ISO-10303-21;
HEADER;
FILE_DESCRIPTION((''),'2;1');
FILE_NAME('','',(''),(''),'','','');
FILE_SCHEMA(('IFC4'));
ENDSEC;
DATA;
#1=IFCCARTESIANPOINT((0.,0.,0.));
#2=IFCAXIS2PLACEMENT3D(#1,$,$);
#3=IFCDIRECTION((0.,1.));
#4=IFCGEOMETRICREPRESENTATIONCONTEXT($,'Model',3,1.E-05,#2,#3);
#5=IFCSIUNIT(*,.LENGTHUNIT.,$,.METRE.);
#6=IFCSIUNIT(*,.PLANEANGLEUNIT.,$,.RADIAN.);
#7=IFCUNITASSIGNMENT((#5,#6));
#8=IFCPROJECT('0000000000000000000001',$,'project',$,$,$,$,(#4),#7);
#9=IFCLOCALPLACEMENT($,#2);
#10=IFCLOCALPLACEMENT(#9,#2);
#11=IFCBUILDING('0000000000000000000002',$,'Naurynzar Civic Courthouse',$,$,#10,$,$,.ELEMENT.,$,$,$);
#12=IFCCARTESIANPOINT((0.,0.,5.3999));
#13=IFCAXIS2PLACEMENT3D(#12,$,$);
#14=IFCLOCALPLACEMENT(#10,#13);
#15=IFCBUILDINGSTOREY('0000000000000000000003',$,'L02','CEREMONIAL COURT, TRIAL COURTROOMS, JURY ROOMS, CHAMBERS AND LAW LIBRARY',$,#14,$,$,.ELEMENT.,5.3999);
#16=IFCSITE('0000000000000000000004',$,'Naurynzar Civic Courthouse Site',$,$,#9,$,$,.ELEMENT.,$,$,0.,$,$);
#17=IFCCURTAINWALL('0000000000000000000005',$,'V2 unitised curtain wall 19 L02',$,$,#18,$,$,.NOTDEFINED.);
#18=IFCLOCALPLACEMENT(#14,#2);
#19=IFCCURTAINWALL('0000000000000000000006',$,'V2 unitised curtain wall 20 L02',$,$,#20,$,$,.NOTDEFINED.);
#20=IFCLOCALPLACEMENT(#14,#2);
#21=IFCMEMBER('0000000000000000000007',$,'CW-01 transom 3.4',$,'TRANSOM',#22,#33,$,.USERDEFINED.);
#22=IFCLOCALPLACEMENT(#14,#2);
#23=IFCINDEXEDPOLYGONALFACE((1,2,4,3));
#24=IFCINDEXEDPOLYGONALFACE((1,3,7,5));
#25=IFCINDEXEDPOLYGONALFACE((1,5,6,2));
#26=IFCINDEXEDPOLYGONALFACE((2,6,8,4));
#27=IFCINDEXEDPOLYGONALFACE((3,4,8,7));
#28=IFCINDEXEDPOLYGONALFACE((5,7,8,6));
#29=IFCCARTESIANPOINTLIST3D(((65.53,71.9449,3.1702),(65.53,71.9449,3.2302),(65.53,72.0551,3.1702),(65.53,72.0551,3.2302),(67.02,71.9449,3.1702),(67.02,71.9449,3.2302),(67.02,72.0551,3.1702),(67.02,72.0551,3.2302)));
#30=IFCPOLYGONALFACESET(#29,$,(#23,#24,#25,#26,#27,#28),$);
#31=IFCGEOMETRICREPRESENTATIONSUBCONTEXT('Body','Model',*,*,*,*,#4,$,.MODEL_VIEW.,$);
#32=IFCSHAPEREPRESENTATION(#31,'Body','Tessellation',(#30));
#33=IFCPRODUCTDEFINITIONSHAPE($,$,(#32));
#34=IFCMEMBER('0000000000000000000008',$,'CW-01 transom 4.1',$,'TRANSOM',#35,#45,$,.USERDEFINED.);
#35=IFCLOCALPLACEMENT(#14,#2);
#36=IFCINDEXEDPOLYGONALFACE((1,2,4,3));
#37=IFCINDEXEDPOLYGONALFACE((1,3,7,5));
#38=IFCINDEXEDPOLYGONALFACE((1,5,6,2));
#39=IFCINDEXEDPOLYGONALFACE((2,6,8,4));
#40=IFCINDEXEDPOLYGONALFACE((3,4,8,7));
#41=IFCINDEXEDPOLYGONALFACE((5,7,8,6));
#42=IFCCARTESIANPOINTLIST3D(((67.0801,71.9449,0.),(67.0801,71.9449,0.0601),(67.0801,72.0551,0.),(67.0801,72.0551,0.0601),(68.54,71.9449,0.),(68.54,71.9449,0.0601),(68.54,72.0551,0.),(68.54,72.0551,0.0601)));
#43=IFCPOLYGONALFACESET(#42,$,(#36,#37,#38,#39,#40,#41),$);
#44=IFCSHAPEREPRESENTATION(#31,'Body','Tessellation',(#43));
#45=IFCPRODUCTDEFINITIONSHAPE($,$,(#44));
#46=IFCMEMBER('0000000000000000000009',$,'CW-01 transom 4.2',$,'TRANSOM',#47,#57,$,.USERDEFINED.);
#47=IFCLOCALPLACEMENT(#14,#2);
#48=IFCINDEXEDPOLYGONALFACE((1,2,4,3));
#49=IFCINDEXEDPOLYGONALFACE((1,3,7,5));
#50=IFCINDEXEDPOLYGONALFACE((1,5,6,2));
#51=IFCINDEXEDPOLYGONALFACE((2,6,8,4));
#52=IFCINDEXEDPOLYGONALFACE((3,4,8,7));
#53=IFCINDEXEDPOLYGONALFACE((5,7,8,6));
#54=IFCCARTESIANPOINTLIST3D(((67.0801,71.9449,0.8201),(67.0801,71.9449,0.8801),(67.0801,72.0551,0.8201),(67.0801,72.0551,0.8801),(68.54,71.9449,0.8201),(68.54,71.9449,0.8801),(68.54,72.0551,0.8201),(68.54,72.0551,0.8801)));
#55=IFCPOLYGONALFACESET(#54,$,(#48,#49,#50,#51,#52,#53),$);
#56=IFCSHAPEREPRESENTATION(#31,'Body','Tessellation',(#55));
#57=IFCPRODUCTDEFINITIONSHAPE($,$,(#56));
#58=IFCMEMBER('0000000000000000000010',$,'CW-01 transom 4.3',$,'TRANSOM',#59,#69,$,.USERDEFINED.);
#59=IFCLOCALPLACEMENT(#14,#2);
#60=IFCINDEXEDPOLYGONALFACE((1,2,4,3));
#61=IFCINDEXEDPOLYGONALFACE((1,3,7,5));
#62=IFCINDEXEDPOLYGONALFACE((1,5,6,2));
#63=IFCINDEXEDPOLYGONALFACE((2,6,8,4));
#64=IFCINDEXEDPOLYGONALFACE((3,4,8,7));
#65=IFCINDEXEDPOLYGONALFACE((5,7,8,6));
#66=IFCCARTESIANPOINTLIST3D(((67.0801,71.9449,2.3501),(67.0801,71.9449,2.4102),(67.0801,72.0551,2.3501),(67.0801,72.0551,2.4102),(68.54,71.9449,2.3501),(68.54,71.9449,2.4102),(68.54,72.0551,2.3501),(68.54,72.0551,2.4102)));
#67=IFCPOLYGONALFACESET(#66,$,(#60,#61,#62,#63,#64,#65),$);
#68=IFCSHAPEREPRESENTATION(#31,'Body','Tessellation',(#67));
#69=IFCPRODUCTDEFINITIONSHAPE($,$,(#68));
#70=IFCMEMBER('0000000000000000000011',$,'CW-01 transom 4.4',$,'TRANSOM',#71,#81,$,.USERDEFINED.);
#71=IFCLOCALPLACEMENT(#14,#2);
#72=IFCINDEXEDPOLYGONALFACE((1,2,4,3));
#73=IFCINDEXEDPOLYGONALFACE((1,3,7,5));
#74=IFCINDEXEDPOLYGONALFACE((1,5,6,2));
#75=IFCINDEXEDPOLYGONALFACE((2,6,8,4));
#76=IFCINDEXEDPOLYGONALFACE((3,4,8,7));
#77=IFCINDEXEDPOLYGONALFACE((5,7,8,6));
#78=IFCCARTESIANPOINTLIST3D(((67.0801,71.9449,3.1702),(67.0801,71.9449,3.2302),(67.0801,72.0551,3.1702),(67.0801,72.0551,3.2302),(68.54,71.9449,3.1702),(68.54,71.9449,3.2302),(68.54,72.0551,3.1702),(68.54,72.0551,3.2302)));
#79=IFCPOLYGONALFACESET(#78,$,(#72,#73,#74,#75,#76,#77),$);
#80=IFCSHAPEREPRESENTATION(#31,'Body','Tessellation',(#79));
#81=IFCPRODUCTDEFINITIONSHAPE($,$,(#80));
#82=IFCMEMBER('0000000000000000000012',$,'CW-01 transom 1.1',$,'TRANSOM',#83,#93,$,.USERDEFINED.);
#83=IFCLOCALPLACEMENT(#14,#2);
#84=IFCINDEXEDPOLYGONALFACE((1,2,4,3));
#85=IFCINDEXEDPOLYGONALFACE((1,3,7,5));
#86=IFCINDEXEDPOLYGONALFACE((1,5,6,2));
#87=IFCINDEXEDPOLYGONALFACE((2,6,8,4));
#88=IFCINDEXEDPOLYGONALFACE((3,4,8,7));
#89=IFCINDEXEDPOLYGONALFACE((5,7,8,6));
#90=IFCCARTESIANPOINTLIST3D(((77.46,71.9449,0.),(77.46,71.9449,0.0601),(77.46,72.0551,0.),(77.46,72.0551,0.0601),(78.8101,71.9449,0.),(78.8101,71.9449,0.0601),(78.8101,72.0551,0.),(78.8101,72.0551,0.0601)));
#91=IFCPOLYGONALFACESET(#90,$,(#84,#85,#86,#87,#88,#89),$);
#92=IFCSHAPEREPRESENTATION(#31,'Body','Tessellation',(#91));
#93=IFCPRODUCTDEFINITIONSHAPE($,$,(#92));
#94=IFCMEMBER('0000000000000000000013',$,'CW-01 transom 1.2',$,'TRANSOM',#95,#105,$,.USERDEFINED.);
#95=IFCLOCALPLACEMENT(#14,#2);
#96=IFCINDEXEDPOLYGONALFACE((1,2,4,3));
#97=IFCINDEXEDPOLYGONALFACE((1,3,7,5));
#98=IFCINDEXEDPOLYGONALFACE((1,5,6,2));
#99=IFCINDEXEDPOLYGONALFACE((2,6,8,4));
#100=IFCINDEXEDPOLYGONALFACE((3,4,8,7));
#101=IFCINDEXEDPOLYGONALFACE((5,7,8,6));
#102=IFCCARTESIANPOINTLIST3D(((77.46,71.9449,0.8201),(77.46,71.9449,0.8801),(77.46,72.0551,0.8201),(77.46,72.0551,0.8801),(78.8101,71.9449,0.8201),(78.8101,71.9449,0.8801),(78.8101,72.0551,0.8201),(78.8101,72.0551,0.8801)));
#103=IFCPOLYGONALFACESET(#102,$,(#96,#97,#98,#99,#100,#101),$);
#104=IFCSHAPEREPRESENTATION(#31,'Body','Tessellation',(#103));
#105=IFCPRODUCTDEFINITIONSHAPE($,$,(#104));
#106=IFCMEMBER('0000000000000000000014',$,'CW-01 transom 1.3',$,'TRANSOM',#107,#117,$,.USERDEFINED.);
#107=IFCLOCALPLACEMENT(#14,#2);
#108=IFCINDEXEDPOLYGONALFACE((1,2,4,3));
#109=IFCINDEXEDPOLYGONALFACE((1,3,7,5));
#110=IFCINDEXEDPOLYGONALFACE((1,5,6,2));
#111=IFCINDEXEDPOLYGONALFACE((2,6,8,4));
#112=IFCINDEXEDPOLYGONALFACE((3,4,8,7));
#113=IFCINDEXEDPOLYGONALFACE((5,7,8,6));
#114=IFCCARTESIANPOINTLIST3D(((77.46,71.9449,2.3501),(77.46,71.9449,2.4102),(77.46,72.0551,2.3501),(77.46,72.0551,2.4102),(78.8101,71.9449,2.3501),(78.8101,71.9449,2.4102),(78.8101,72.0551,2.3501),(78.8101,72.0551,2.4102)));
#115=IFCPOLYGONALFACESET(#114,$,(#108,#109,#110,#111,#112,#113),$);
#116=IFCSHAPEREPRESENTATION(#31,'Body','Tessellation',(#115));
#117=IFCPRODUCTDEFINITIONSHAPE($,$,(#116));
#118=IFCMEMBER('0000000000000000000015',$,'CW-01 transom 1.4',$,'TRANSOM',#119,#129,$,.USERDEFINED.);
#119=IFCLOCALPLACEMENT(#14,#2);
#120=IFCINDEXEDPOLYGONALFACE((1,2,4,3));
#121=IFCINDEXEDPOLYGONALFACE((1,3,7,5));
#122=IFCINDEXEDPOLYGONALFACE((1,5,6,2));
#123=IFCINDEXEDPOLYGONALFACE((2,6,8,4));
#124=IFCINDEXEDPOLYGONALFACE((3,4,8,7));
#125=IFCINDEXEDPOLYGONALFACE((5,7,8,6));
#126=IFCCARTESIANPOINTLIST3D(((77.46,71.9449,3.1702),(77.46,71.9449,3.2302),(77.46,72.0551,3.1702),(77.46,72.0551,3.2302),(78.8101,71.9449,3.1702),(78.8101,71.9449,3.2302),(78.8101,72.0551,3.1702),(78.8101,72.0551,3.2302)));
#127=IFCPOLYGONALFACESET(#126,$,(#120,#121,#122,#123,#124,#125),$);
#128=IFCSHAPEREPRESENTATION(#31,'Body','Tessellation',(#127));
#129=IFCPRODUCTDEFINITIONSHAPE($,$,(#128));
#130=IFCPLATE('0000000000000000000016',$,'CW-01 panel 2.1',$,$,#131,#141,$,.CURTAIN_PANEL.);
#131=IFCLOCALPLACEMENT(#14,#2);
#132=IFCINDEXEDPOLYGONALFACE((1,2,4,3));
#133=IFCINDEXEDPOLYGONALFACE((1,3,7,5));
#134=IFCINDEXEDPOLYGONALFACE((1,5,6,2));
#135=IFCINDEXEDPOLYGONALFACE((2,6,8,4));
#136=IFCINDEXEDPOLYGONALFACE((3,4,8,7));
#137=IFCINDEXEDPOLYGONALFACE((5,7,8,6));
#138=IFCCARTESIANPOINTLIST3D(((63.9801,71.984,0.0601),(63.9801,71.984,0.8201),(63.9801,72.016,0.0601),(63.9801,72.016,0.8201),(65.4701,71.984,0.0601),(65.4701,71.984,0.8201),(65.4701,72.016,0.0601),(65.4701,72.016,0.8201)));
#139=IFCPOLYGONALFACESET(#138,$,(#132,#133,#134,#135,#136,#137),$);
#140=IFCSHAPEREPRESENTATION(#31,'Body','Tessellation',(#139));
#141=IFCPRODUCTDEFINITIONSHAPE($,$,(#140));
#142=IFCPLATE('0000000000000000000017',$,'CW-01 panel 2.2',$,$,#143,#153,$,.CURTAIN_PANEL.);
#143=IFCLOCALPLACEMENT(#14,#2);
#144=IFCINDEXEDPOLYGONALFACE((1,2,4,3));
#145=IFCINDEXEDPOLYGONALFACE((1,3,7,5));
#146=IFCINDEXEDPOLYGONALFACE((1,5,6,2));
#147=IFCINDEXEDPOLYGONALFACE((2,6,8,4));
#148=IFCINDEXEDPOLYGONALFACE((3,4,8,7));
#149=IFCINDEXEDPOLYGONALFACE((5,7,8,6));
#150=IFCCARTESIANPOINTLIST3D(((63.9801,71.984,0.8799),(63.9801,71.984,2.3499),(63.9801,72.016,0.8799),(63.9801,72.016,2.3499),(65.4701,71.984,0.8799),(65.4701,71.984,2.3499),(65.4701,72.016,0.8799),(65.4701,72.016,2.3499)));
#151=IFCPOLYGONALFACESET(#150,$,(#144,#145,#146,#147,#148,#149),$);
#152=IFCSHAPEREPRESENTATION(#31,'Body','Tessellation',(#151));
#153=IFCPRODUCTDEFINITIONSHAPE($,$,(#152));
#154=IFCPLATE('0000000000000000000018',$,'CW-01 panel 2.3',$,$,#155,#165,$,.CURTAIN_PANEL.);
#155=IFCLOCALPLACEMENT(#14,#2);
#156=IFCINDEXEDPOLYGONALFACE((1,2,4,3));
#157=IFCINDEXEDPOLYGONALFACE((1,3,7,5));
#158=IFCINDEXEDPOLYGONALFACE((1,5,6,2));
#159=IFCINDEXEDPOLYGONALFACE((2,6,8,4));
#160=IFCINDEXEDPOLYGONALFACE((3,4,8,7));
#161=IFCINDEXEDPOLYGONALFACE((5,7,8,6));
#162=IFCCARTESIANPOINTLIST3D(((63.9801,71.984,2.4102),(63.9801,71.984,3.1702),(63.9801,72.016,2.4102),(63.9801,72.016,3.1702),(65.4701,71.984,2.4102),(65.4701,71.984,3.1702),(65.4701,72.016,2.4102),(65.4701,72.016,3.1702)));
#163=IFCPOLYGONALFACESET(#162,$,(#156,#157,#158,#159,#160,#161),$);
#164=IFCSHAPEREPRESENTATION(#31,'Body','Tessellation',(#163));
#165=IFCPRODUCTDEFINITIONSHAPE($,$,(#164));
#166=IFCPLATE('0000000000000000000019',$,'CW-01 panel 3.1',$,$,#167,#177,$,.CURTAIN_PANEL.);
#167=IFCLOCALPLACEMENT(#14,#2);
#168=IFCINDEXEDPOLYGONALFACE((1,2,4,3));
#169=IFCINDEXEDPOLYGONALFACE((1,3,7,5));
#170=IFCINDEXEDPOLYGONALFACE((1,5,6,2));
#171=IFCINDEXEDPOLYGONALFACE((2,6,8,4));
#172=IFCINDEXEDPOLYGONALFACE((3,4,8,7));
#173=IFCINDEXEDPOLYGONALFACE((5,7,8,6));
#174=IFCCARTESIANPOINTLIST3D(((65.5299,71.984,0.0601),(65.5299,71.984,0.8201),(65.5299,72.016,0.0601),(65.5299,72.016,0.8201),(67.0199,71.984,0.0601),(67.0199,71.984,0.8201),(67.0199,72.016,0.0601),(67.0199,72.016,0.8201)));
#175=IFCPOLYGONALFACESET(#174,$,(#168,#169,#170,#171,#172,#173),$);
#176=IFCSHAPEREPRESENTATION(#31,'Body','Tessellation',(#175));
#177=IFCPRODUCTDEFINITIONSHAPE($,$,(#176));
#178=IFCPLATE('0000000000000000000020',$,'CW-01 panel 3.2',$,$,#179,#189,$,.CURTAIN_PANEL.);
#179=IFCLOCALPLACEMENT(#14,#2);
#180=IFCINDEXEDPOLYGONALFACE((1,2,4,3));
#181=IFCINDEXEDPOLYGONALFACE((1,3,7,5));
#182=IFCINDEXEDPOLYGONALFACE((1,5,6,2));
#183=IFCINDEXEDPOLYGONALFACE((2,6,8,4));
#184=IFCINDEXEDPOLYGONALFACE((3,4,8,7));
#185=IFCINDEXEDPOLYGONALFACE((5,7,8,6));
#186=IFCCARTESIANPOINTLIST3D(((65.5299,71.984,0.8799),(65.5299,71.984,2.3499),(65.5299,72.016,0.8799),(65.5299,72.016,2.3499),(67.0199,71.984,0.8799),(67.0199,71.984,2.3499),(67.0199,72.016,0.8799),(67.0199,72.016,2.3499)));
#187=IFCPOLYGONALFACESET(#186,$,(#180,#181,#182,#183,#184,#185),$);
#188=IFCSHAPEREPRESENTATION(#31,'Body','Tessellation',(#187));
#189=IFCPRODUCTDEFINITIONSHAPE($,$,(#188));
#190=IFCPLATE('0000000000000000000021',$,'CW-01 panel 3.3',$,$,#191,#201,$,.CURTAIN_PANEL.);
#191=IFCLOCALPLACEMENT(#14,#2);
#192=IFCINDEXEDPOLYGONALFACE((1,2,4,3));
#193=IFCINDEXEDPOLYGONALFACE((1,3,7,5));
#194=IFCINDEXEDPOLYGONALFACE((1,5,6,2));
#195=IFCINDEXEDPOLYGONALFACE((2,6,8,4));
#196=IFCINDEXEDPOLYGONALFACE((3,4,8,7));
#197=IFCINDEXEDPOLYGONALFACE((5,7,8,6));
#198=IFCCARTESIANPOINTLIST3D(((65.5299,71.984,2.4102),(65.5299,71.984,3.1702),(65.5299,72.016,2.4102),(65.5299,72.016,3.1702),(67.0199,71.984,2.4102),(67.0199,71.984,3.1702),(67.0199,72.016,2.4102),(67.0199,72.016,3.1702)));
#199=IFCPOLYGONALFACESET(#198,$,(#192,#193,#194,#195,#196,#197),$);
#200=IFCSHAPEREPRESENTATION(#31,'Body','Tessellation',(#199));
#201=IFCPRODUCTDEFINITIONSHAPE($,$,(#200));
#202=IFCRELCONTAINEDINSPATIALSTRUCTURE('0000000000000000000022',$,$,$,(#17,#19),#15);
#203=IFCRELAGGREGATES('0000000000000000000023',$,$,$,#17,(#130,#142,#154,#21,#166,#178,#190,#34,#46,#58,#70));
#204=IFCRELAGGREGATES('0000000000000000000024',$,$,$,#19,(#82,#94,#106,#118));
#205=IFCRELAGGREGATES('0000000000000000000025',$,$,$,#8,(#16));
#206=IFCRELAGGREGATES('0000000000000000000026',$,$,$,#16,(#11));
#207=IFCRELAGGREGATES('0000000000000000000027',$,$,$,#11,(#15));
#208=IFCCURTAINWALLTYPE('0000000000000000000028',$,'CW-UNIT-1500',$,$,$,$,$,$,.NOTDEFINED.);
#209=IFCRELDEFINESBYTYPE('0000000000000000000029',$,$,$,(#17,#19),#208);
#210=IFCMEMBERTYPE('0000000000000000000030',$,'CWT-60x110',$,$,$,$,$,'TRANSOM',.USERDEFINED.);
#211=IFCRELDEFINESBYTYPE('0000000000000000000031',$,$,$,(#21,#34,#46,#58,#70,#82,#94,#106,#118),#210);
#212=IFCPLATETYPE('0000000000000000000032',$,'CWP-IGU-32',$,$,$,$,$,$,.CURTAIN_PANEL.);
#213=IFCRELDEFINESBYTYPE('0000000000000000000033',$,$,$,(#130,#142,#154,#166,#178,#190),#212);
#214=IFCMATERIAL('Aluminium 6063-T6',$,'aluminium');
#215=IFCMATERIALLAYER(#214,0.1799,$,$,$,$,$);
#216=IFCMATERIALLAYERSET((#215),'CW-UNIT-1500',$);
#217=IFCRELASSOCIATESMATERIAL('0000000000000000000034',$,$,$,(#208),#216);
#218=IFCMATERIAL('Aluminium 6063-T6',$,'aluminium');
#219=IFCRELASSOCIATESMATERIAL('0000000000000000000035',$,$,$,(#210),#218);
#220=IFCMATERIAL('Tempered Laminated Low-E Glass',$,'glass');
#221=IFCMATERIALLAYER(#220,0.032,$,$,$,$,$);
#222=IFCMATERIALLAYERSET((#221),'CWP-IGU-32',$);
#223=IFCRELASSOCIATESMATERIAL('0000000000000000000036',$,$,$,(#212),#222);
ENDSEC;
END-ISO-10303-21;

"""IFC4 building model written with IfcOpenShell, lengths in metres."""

from ifc_helpers import new_model, si_unit, direction, frame, origin, origin_2d, place, context, subcontext, project, spatial, rectangle, extrude, material, layer, layer_set, material_profile, profile_set, type_object, element, aggregate, save


model = new_model("IFC4")

# Units and contexts
model_context = context("Model", 3, precision=1e-05, world=origin(), true_north=direction((0.0, 1.0)))
body_context = subcontext(model_context, "Body", "Model", "MODEL_VIEW")
ifc_project = project(units=[si_unit("LENGTHUNIT", "METRE"), si_unit("PLANEANGLEUNIT", "RADIAN")], contexts=[model_context])

# Site, building, storey
site_placement = place(None, origin())
site = spatial("IfcSite", under=ifc_project, at=site_placement, Name="Naurynzar Civic Courthouse Site", CompositionType="ELEMENT", RefElevation=0.0)
building_placement = place(site_placement, origin())
building = spatial("IfcBuilding", under=site, at=building_placement, Name="Naurynzar Civic Courthouse", CompositionType="ELEMENT")
storey_placement = place(building_placement, frame((0.0, 0.0, 5.3999)))
storey = spatial("IfcBuildingStorey", under=building, at=storey_placement, Name="L02", Description="CEREMONIAL COURT, TRIAL COURTROOMS, JURY ROOMS, CHAMBERS AND LAW LIBRARY", CompositionType="ELEMENT", Elevation=5.3999)

# Curtain wall
ifc_material_1 = material(Name="Aluminium 6063-T6", Category="aluminium")
ifc_layer_1 = layer(ifc_material_1, 0.1799)
ifc_layer_set_1 = layer_set([ifc_layer_1], Name="CW-UNIT-1500")
curtain_wall_type = type_object("IfcCurtainWallType", Name="CW-UNIT-1500", PredefinedType="NOTDEFINED", material=ifc_layer_set_1)
curtain_wall_1_placement = place(storey_placement, origin())
curtain_wall_1 = element("IfcCurtainWall", 1, at=curtain_wall_1_placement, inside=storey, type_object=curtain_wall_type, Name="V2 unitised curtain wall 19 L02", PredefinedType="NOTDEFINED")

# Curtain wall
curtain_wall_2_placement = place(storey_placement, origin())
curtain_wall_2 = element("IfcCurtainWall", 2, at=curtain_wall_2_placement, inside=storey, type_object=curtain_wall_type, Name="V2 unitised curtain wall 20 L02", PredefinedType="NOTDEFINED")

# Members
ifc_material_2 = material(Name="Aluminium 6063-T6", Category="aluminium")
ifc_material_profile_1 = material_profile(ifc_material_2, rectangle(XDim=0.1101, YDim=0.0601, at=origin_2d()), Name="ALU TRANSOM 60x110")
ifc_profile_set_1 = profile_set([ifc_material_profile_1], Name="Aluminium 6063-T6")
member_type_1 = type_object("IfcMemberType", Name="CWT-60x110", ElementType="TRANSOM", PredefinedType="USERDEFINED", material=ifc_profile_set_1)
member_1_placement = place(storey_placement, frame((65.53, 72.0, 3.2002), z_axis=(1.0, 0.0, 0.0), x_axis=(0.0, 1.0, 0.0)))
member_1 = element("IfcMember", 3, at=member_1_placement, type_object=member_type_1, Name="CW-01 transom 3.4", ObjectType="TRANSOM", PredefinedType="USERDEFINED", context=body_context, shape_type="SweptSolid", body=[
    extrude(rectangle(XDim=0.1101, YDim=0.0601, at=origin_2d()), origin(), (0.0, 0.0, 1.0), 1.49),
])
member_2_placement = place(storey_placement, frame((67.0801, 72.0, 0.03), z_axis=(1.0, 0.0, 0.0), x_axis=(0.0, 1.0, 0.0)))
member_2 = element("IfcMember", 4, at=member_2_placement, type_object=member_type_1, Name="CW-01 transom 4.1", ObjectType="TRANSOM", PredefinedType="USERDEFINED", context=body_context, shape_type="SweptSolid", body=[
    extrude(rectangle(XDim=0.1101, YDim=0.0601, at=origin_2d()), origin(), (0.0, 0.0, 1.0), 1.46),
])
member_3_placement = place(storey_placement, frame((67.0801, 72.0, 0.8501), z_axis=(1.0, 0.0, 0.0), x_axis=(0.0, 1.0, 0.0)))
member_3 = element("IfcMember", 5, at=member_3_placement, type_object=member_type_1, Name="CW-01 transom 4.2", ObjectType="TRANSOM", PredefinedType="USERDEFINED", context=body_context, shape_type="SweptSolid", body=[
    extrude(rectangle(XDim=0.1101, YDim=0.0601, at=origin_2d()), origin(), (0.0, 0.0, 1.0), 1.46),
])
member_4_placement = place(storey_placement, frame((67.0801, 72.0, 2.3801), z_axis=(1.0, 0.0, 0.0), x_axis=(0.0, 1.0, 0.0)))
member_4 = element("IfcMember", 6, at=member_4_placement, type_object=member_type_1, Name="CW-01 transom 4.3", ObjectType="TRANSOM", PredefinedType="USERDEFINED", context=body_context, shape_type="SweptSolid", body=[
    extrude(rectangle(XDim=0.1101, YDim=0.0601, at=origin_2d()), origin(), (0.0, 0.0, 1.0), 1.46),
])
member_5_placement = place(storey_placement, frame((67.0801, 72.0, 3.2002), z_axis=(1.0, 0.0, 0.0), x_axis=(0.0, 1.0, 0.0)))
member_5 = element("IfcMember", 7, at=member_5_placement, type_object=member_type_1, Name="CW-01 transom 4.4", ObjectType="TRANSOM", PredefinedType="USERDEFINED", context=body_context, shape_type="SweptSolid", body=[
    extrude(rectangle(XDim=0.1101, YDim=0.0601, at=origin_2d()), origin(), (0.0, 0.0, 1.0), 1.46),
])
member_6_placement = place(storey_placement, frame((77.46, 72.0, 0.03), z_axis=(1.0, 0.0, 0.0), x_axis=(0.0, 1.0, 0.0)))
member_6 = element("IfcMember", 8, at=member_6_placement, type_object=member_type_1, Name="CW-01 transom 1.1", ObjectType="TRANSOM", PredefinedType="USERDEFINED", context=body_context, shape_type="SweptSolid", body=[
    extrude(rectangle(XDim=0.1101, YDim=0.0601, at=origin_2d()), origin(), (0.0, 0.0, 1.0), 1.3501),
])
member_7_placement = place(storey_placement, frame((77.46, 72.0, 0.8501), z_axis=(1.0, 0.0, 0.0), x_axis=(0.0, 1.0, 0.0)))
member_7 = element("IfcMember", 9, at=member_7_placement, type_object=member_type_1, Name="CW-01 transom 1.2", ObjectType="TRANSOM", PredefinedType="USERDEFINED", context=body_context, shape_type="SweptSolid", body=[
    extrude(rectangle(XDim=0.1101, YDim=0.0601, at=origin_2d()), origin(), (0.0, 0.0, 1.0), 1.3501),
])
member_8_placement = place(storey_placement, frame((77.46, 72.0, 2.3801), z_axis=(1.0, 0.0, 0.0), x_axis=(0.0, 1.0, 0.0)))
member_8 = element("IfcMember", 10, at=member_8_placement, type_object=member_type_1, Name="CW-01 transom 1.3", ObjectType="TRANSOM", PredefinedType="USERDEFINED", context=body_context, shape_type="SweptSolid", body=[
    extrude(rectangle(XDim=0.1101, YDim=0.0601, at=origin_2d()), origin(), (0.0, 0.0, 1.0), 1.3501),
])
member_9_placement = place(storey_placement, frame((77.46, 72.0, 3.2002), z_axis=(1.0, 0.0, 0.0), x_axis=(0.0, 1.0, 0.0)))
member_9 = element("IfcMember", 11, at=member_9_placement, type_object=member_type_1, Name="CW-01 transom 1.4", ObjectType="TRANSOM", PredefinedType="USERDEFINED", context=body_context, shape_type="SweptSolid", body=[
    extrude(rectangle(XDim=0.1101, YDim=0.0601, at=origin_2d()), origin(), (0.0, 0.0, 1.0), 1.3501),
])

# Plates
ifc_material_3 = material(Name="Tempered Laminated Low-E Glass", Category="glass")
ifc_layer_2 = layer(ifc_material_3, 0.032)
ifc_layer_set_2 = layer_set([ifc_layer_2], Name="CWP-IGU-32")
plate_type = type_object("IfcPlateType", Name="CWP-IGU-32", PredefinedType="CURTAIN_PANEL", material=ifc_layer_set_2)
plate_1_placement = place(storey_placement, frame((64.7251, 72.0, 0.0601), z_axis=(0.0, 0.0, 1.0), x_axis=(1.0, 0.0, 0.0)))
plate_1 = element("IfcPlate", 12, at=plate_1_placement, type_object=plate_type, Name="CW-01 panel 2.1", PredefinedType="CURTAIN_PANEL", context=body_context, shape_type="SweptSolid", body=[
    extrude(rectangle(XDim=1.49, YDim=0.032, at=origin_2d()), origin(), (0.0, 0.0, 1.0), 0.76),
])
plate_2_placement = place(storey_placement, frame((64.7251, 72.0, 0.8799), z_axis=(0.0, 0.0, 1.0), x_axis=(1.0, 0.0, 0.0)))
plate_2 = element("IfcPlate", 13, at=plate_2_placement, type_object=plate_type, Name="CW-01 panel 2.2", PredefinedType="CURTAIN_PANEL", context=body_context, shape_type="SweptSolid", body=[
    extrude(rectangle(XDim=1.49, YDim=0.032, at=origin_2d()), origin(), (0.0, 0.0, 1.0), 1.47),
])
plate_3_placement = place(storey_placement, frame((64.7251, 72.0, 2.4102), z_axis=(0.0, 0.0, 1.0), x_axis=(1.0, 0.0, 0.0)))
plate_3 = element("IfcPlate", 14, at=plate_3_placement, type_object=plate_type, Name="CW-01 panel 2.3", PredefinedType="CURTAIN_PANEL", context=body_context, shape_type="SweptSolid", body=[
    extrude(rectangle(XDim=1.49, YDim=0.032, at=origin_2d()), origin(), (0.0, 0.0, 1.0), 0.76),
])
plate_4_placement = place(storey_placement, frame((66.2749, 72.0, 0.0601), z_axis=(0.0, 0.0, 1.0), x_axis=(1.0, 0.0, 0.0)))
plate_4 = element("IfcPlate", 15, at=plate_4_placement, type_object=plate_type, Name="CW-01 panel 3.1", PredefinedType="CURTAIN_PANEL", context=body_context, shape_type="SweptSolid", body=[
    extrude(rectangle(XDim=1.49, YDim=0.032, at=origin_2d()), origin(), (0.0, 0.0, 1.0), 0.76),
])
plate_5_placement = place(storey_placement, frame((66.2749, 72.0, 0.8799), z_axis=(0.0, 0.0, 1.0), x_axis=(1.0, 0.0, 0.0)))
plate_5 = element("IfcPlate", 16, at=plate_5_placement, type_object=plate_type, Name="CW-01 panel 3.2", PredefinedType="CURTAIN_PANEL", context=body_context, shape_type="SweptSolid", body=[
    extrude(rectangle(XDim=1.49, YDim=0.032, at=origin_2d()), origin(), (0.0, 0.0, 1.0), 1.47),
])
plate_6_placement = place(storey_placement, frame((66.2749, 72.0, 2.4102), z_axis=(0.0, 0.0, 1.0), x_axis=(1.0, 0.0, 0.0)))
plate_6 = element("IfcPlate", 17, at=plate_6_placement, type_object=plate_type, Name="CW-01 panel 3.3", PredefinedType="CURTAIN_PANEL", context=body_context, shape_type="SweptSolid", body=[
    extrude(rectangle(XDim=1.49, YDim=0.032, at=origin_2d()), origin(), (0.0, 0.0, 1.0), 0.76),
])
aggregate(curtain_wall_1, [plate_1, plate_2, plate_3, member_1, plate_4, plate_5, plate_6, member_2, member_3, member_4, member_5])
aggregate(curtain_wall_2, [member_6, member_7, member_8, member_9])

save(model, "model.ifc")
